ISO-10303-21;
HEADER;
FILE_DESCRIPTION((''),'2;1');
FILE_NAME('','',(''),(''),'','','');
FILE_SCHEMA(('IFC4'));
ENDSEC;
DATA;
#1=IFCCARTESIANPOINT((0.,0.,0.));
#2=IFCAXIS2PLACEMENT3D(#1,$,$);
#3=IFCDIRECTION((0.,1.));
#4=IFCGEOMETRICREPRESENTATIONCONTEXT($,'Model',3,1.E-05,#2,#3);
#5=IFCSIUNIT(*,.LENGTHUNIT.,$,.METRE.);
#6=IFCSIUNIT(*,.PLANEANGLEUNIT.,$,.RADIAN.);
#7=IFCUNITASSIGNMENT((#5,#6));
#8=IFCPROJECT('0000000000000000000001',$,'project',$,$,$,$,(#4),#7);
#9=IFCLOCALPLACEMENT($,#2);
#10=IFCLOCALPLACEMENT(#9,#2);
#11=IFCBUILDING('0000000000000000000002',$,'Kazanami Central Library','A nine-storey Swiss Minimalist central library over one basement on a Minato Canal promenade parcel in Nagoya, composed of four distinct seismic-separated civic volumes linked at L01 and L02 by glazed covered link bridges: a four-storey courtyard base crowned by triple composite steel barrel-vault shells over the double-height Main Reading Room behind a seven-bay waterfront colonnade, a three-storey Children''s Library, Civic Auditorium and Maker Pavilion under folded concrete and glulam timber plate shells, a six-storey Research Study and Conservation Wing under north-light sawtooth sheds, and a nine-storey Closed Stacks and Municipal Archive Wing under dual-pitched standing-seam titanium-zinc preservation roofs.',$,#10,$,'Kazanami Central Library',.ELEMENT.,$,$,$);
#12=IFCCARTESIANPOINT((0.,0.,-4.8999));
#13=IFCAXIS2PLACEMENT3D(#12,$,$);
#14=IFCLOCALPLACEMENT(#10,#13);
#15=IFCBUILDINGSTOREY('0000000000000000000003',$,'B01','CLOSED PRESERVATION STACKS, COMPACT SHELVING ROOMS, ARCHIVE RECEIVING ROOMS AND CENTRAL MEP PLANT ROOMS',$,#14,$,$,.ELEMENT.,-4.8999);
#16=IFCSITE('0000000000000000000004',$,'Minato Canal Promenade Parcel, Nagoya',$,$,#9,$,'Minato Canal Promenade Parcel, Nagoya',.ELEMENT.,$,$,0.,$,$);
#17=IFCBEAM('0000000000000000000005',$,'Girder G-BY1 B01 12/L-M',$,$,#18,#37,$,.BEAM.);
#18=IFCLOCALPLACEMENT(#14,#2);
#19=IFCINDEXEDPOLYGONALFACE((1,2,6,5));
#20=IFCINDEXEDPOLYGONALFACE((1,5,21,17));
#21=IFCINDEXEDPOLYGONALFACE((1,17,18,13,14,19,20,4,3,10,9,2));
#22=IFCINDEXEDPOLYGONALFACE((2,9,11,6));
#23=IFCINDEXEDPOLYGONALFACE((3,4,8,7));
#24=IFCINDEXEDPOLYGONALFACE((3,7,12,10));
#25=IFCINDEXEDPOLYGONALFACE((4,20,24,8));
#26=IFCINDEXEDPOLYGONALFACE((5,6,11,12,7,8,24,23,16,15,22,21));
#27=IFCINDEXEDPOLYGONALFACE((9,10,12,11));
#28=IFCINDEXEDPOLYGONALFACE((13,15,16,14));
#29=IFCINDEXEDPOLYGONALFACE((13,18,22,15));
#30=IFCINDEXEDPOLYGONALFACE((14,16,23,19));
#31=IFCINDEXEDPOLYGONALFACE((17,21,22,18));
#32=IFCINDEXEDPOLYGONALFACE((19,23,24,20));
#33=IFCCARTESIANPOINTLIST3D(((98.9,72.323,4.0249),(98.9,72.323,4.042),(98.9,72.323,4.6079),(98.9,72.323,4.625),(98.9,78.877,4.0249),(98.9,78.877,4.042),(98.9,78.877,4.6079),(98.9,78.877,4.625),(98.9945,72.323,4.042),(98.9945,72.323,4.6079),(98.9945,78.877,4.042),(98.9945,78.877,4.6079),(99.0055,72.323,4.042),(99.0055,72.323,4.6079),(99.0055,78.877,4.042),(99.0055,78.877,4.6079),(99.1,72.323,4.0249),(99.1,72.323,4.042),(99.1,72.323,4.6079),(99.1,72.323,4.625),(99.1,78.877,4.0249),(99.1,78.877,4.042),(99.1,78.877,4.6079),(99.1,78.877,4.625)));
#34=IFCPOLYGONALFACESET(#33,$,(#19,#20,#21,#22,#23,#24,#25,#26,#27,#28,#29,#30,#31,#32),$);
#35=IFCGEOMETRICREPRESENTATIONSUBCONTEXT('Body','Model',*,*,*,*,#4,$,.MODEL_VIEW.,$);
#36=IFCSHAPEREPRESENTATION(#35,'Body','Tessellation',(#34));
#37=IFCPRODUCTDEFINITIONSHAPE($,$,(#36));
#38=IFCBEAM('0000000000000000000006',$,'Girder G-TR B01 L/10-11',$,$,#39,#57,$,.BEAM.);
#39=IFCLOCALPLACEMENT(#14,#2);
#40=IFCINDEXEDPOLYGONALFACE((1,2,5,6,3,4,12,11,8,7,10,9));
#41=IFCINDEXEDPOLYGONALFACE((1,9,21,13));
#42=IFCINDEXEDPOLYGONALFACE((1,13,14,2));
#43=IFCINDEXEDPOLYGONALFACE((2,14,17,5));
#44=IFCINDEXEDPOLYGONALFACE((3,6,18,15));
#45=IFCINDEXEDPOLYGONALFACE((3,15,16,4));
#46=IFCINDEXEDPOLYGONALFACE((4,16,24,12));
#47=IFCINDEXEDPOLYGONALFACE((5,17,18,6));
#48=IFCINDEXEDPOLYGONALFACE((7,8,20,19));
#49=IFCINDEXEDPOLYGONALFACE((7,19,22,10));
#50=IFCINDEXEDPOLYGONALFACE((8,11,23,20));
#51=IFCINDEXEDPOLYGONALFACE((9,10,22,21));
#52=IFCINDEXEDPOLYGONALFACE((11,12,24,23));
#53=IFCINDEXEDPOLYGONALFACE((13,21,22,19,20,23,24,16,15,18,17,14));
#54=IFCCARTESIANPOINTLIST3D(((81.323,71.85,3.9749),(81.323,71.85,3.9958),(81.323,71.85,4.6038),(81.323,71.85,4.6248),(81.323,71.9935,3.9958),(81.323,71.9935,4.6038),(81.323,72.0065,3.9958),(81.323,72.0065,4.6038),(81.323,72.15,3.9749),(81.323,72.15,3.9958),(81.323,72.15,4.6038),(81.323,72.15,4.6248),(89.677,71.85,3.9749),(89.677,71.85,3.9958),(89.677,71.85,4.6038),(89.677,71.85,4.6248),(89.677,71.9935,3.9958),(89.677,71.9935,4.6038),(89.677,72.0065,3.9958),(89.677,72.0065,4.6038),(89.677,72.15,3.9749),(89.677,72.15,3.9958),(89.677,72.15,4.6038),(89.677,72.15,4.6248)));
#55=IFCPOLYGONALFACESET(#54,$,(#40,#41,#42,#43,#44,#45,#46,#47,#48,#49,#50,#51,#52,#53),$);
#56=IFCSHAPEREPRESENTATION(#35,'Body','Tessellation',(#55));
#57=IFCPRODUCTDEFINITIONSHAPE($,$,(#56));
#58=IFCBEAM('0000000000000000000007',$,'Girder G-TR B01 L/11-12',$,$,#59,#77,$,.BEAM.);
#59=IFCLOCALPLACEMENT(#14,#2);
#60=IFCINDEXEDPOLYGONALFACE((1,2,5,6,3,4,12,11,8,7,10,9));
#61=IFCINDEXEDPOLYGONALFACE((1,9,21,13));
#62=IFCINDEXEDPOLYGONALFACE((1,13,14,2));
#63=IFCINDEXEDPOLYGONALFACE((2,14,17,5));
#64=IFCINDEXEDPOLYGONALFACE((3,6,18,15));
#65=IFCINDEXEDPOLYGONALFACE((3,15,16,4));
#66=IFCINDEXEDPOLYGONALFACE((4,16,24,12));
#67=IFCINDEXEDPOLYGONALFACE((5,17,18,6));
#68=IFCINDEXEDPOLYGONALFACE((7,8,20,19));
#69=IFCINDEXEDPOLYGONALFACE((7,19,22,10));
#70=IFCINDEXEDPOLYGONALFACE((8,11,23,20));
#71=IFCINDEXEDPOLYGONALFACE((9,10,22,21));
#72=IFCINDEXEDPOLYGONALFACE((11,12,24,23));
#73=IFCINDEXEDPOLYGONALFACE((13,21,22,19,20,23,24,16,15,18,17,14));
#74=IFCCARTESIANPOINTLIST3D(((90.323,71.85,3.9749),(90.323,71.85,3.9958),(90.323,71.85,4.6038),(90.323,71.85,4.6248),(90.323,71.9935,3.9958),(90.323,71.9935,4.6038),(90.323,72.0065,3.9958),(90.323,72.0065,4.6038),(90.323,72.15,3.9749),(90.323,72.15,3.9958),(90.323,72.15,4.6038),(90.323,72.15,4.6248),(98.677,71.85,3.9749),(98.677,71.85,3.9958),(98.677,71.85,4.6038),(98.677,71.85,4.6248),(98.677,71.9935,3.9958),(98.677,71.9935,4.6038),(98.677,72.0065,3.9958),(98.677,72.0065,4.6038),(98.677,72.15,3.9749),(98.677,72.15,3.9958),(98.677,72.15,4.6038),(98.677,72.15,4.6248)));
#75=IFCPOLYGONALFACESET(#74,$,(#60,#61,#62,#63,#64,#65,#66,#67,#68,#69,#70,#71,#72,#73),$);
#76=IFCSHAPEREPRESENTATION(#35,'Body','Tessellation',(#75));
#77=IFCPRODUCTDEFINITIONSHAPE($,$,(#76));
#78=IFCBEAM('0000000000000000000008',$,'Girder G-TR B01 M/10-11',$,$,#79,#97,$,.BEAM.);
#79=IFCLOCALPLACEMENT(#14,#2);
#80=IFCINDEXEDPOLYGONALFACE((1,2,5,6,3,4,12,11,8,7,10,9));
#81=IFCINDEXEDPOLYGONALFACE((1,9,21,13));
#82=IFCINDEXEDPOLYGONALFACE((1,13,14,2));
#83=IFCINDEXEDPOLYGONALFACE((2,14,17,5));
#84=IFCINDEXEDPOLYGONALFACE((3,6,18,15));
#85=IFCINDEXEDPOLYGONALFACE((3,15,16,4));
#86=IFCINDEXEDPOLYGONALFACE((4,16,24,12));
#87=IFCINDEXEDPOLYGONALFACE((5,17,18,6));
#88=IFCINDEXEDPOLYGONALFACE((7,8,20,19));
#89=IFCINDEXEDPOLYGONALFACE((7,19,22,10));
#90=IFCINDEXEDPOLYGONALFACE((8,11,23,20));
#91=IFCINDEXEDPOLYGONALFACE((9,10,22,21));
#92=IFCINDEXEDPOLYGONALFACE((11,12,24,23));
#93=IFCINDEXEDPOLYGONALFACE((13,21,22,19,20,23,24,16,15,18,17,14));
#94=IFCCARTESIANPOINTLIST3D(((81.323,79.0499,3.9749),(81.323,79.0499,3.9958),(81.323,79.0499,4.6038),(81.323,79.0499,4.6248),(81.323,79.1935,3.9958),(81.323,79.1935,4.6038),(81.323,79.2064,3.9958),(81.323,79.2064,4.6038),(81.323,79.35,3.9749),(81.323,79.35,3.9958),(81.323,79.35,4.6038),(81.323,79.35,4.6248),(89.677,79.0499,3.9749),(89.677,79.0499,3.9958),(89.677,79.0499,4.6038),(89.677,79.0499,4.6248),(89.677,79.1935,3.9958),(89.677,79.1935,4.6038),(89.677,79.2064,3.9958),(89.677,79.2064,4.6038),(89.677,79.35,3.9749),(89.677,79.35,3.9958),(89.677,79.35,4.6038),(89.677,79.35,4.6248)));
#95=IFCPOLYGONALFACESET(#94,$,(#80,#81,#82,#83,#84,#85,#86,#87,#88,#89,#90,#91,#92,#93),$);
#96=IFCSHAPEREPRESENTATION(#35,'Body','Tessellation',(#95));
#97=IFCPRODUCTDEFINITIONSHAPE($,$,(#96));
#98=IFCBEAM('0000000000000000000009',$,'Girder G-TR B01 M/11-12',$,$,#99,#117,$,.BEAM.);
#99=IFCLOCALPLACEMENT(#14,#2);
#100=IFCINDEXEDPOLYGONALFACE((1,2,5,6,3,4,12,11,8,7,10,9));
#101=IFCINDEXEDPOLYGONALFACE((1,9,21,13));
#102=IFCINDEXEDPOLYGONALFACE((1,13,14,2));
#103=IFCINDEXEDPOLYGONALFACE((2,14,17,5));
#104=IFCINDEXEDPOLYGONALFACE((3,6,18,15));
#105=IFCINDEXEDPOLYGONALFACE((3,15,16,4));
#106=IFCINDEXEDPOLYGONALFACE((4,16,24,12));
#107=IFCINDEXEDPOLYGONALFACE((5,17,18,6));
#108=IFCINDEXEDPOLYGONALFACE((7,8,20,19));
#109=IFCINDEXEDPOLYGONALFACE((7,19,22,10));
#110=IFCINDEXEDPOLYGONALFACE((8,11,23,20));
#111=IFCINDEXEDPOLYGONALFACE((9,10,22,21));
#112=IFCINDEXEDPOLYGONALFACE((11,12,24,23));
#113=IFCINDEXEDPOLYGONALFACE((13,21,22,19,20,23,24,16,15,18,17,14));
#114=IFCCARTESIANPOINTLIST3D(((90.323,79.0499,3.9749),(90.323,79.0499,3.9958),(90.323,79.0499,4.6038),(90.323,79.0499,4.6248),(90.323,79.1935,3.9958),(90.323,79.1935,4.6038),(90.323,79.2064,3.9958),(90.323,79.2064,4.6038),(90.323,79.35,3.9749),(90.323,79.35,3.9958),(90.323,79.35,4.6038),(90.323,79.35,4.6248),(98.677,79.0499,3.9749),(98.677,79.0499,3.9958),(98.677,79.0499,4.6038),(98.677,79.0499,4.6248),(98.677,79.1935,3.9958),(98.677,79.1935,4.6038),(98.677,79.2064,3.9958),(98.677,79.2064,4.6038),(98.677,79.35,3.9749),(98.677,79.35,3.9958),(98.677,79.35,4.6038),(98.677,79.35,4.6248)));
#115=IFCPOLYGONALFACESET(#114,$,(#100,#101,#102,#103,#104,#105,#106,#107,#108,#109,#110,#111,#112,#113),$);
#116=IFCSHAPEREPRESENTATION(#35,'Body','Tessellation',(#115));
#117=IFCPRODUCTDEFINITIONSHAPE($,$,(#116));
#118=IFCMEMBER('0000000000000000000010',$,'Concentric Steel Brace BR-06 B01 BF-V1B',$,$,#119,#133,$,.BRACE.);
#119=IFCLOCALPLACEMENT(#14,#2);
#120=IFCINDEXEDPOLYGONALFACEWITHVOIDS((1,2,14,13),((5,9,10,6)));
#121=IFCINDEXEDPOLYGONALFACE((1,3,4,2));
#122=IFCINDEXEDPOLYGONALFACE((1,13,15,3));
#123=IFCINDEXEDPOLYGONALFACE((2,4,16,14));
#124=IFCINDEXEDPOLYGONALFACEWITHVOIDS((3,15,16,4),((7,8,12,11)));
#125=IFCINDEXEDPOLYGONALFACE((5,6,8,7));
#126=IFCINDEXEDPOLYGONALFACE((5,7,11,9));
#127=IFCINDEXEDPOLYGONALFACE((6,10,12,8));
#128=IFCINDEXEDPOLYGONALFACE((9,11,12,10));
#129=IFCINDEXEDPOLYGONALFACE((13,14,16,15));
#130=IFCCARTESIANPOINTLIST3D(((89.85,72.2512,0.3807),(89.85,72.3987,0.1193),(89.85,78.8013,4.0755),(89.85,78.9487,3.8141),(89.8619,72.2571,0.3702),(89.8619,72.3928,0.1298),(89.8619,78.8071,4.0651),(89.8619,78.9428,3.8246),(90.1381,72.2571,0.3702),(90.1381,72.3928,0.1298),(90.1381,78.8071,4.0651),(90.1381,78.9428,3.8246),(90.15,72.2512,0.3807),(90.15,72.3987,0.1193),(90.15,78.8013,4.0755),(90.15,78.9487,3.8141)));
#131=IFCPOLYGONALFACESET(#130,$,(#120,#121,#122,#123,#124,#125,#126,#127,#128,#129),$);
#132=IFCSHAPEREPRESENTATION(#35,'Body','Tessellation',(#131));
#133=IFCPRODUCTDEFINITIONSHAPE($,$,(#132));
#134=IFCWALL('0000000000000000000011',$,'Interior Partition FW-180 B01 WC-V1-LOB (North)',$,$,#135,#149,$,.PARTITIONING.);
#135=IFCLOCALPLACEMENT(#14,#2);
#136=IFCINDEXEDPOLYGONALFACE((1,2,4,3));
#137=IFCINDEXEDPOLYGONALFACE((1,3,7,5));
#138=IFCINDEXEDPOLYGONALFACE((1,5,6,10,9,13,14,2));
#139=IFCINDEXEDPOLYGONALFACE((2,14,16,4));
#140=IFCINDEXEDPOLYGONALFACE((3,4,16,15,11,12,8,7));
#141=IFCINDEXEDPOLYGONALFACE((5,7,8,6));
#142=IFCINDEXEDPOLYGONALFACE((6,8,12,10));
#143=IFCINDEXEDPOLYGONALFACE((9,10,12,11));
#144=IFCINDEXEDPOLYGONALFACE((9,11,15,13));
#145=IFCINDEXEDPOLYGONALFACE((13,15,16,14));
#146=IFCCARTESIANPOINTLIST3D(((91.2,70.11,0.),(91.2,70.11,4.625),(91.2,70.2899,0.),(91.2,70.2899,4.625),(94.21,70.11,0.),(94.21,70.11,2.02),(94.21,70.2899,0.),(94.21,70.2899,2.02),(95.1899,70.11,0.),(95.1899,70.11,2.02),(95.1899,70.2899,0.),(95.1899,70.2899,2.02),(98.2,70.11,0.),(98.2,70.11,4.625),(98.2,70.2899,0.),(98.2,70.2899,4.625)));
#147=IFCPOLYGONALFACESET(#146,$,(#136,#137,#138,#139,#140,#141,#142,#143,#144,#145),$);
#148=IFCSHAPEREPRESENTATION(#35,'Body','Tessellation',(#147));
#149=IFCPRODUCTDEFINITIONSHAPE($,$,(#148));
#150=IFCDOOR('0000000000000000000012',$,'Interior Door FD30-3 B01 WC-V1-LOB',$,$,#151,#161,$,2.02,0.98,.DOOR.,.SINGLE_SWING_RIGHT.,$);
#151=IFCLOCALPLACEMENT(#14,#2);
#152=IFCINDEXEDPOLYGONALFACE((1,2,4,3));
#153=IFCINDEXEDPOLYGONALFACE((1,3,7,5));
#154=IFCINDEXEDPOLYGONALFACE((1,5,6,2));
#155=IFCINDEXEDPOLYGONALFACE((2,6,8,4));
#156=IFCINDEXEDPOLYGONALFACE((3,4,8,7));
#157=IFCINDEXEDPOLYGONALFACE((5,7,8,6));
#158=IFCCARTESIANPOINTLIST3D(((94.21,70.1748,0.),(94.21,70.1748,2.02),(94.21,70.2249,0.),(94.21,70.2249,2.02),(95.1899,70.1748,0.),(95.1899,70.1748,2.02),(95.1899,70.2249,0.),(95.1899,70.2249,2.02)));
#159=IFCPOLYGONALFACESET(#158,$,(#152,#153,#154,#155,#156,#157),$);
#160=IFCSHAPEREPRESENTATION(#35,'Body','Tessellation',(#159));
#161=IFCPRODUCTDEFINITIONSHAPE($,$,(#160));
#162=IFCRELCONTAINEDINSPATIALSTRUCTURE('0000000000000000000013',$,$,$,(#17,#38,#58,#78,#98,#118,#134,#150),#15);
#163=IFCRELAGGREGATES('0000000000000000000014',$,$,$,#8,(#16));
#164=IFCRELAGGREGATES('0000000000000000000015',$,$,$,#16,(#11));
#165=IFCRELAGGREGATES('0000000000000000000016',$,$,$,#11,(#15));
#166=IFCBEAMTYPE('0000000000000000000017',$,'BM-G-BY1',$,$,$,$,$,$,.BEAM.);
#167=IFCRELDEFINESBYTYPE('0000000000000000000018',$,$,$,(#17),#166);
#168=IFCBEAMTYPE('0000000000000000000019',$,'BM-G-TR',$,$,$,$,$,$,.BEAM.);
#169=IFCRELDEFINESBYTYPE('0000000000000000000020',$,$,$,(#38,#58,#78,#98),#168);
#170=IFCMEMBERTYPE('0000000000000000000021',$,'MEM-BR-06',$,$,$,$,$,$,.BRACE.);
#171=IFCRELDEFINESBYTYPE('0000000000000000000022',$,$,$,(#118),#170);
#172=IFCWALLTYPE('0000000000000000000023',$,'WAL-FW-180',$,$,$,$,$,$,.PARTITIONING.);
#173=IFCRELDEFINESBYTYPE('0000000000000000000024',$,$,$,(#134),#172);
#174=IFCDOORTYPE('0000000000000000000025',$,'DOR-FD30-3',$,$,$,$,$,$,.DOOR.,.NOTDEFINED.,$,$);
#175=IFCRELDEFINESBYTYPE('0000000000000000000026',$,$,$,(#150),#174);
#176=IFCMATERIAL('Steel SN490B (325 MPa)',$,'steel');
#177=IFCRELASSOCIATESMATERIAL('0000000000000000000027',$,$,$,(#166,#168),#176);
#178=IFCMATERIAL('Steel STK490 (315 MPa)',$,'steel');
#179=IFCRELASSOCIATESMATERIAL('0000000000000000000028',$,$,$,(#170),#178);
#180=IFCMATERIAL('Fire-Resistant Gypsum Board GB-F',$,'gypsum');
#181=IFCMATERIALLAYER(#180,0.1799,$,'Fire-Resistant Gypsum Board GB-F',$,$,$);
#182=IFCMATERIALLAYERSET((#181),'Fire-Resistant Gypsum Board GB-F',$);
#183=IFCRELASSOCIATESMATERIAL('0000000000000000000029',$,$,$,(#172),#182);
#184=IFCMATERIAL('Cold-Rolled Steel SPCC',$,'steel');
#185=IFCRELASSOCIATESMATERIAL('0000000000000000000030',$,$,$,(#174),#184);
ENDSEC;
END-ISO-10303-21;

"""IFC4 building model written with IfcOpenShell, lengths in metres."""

from ifc_helpers import new_model, si_unit, direction, frame, frame_2d, origin, origin_2d, place, context, subcontext, project, spatial, rectangle, hollow_rectangle, i_section, extrude, material, layer, layer_set, material_profile, profile_set, type_object, element, fill, save


model = new_model("IFC4")

# Units and contexts
model_context = context("Model", 3, precision=1e-05, world=origin(), true_north=direction((0.0, 1.0)))
body_context = subcontext(model_context, "Body", "Model", "MODEL_VIEW")
ifc_project = project(units=[si_unit("LENGTHUNIT", "METRE"), si_unit("PLANEANGLEUNIT", "RADIAN")], contexts=[model_context])

# Site, building, storey
site_placement = place(None, origin())
site = spatial("IfcSite", under=ifc_project, at=site_placement, Name="Minato Canal Promenade Parcel, Nagoya", LongName="Minato Canal Promenade Parcel, Nagoya", CompositionType="ELEMENT", RefElevation=0.0)
building_placement = place(site_placement, origin())
building = spatial("IfcBuilding", under=site, at=building_placement, Name="Kazanami Central Library", Description="A nine-storey Swiss Minimalist central library over one basement on a Minato Canal promenade parcel in Nagoya, composed of four distinct seismic-separated civic volumes linked at L01 and L02 by glazed covered link bridges: a four-storey courtyard base crowned by triple composite steel barrel-vault shells over the double-height Main Reading Room behind a seven-bay waterfront colonnade, a three-storey Children's Library, Civic Auditorium and Maker Pavilion under folded concrete and glulam timber plate shells, a six-storey Research Study and Conservation Wing under north-light sawtooth sheds, and a nine-storey Closed Stacks and Municipal Archive Wing under dual-pitched standing-seam titanium-zinc preservation roofs.", LongName="Kazanami Central Library", CompositionType="ELEMENT")
storey_placement = place(building_placement, frame((0.0, 0.0, -4.8999)))
storey = spatial("IfcBuildingStorey", under=building, at=storey_placement, Name="B01", Description="CLOSED PRESERVATION STACKS, COMPACT SHELVING ROOMS, ARCHIVE RECEIVING ROOMS AND CENTRAL MEP PLANT ROOMS", CompositionType="ELEMENT", Elevation=-4.8999)

# Beams
ifc_material_1 = material(Name="Steel SN490B (325 MPa)", Category="steel")
ifc_material_profile_1 = material_profile(ifc_material_1, i_section(OverallWidth=0.2, OverallDepth=0.6001, WebThickness=0.011, FlangeThickness=0.0171, at=origin_2d()), Name="H-600x200x11x17")
ifc_profile_set_1 = profile_set([ifc_material_profile_1], Name="Steel SN490B (325 MPa)")
beam_type_1 = type_object("IfcBeamType", Name="BM-G-BY1", PredefinedType="BEAM", material=ifc_profile_set_1)
for number, where, z_axis, x_axis, name in (
    (1, (99.0, 72.323, 4.325), (0.0, 1.0, 0.0), (-1.0, 0.0, 0.0), "Girder G-BY1 B01 12/L-M"),
):
    element("IfcBeam", number, at=place(storey_placement, frame(where, z_axis=z_axis, x_axis=x_axis)), inside=storey, type_object=beam_type_1, Name=name, PredefinedType="BEAM", context=body_context, shape_type="SweptSolid", body=[
        extrude(i_section(OverallWidth=0.2, OverallDepth=0.6001, WebThickness=0.011, FlangeThickness=0.0171, at=origin_2d()), origin(), (0.0, 0.0, 1.0), 6.554),
    ])
ifc_material_profile_2 = material_profile(ifc_material_1, i_section(OverallWidth=0.3, OverallDepth=0.6499, WebThickness=0.0129, FlangeThickness=0.021, at=origin_2d()), Name="H-650x300x13x21")
ifc_profile_set_2 = profile_set([ifc_material_profile_2], Name="Steel SN490B (325 MPa)")
beam_type_2 = type_object("IfcBeamType", Name="BM-G-TR", PredefinedType="BEAM", material=ifc_profile_set_2)
for number, where, z_axis, x_axis, name in (
    (2, (81.323, 72.0, 4.2998), (1.0, 0.0, 0.0), (0.0, 1.0, 0.0), "Girder G-TR B01 L/10-11"),
    (3, (90.323, 72.0, 4.2998), (1.0, 0.0, 0.0), (0.0, 1.0, 0.0), "Girder G-TR B01 L/11-12"),
    (4, (81.323, 79.2, 4.2998), (1.0, 0.0, 0.0), (0.0, 1.0, 0.0), "Girder G-TR B01 M/10-11"),
    (5, (90.323, 79.2, 4.2998), (1.0, 0.0, 0.0), (0.0, 1.0, 0.0), "Girder G-TR B01 M/11-12"),
):
    element("IfcBeam", number, at=place(storey_placement, frame(where, z_axis=z_axis, x_axis=x_axis)), inside=storey, type_object=beam_type_2, Name=name, PredefinedType="BEAM", context=body_context, shape_type="SweptSolid", body=[
        extrude(i_section(OverallWidth=0.3, OverallDepth=0.6499, WebThickness=0.0129, FlangeThickness=0.021, at=origin_2d()), origin(), (0.0, 0.0, 1.0), 8.354),
    ])

# Member
ifc_material_2 = material(Name="Steel STK490 (315 MPa)", Category="steel")
ifc_material_profile_3 = material_profile(ifc_material_2, hollow_rectangle(XDim=0.3, YDim=0.3, WallThickness=0.012, at=origin_2d()), Name="STKR-300x300x12")
ifc_profile_set_3 = profile_set([ifc_material_profile_3], Name="Steel STK490 (315 MPa)")
member_type = type_object("IfcMemberType", Name="MEM-BR-06", PredefinedType="BRACE", material=ifc_profile_set_3)
member_placement = place(storey_placement, frame((90.0, 72.325, 0.25), z_axis=(0.0, 0.870983, 0.491314), x_axis=(-1.0, 0.0, 0.0)))
element("IfcMember", 6, at=member_placement, inside=storey, type_object=member_type, Name="Concentric Steel Brace BR-06 B01 BF-V1B", PredefinedType="BRACE", context=body_context, shape_type="SweptSolid", body=[
    extrude(hollow_rectangle(XDim=0.3, YDim=0.3, WallThickness=0.012, at=origin_2d()), origin(), (0.0, 0.0, 1.0), 7.5203),
])

# Wall, opening, door
ifc_material_3 = material(Name="Fire-Resistant Gypsum Board GB-F", Category="gypsum")
ifc_layer_1 = layer(ifc_material_3, 0.1799, Name="Fire-Resistant Gypsum Board GB-F")
ifc_layer_set_1 = layer_set([ifc_layer_1], Name="Fire-Resistant Gypsum Board GB-F")
wall_type_1 = type_object("IfcWallType", Name="WAL-FW-180", PredefinedType="PARTITIONING", material=ifc_layer_set_1)
wall_1_placement = place(storey_placement, frame((91.2, 70.2, 0.0), z_axis=(0.0, 0.0, 1.0), x_axis=(1.0, 0.0, 0.0)))
wall_1 = element("IfcWall", 7, at=wall_1_placement, inside=storey, type_object=wall_type_1, Name="Interior Partition FW-180 B01 WC-V1-LOB (North)", PredefinedType="PARTITIONING", context=body_context, shape_type="SweptSolid", body=[
    extrude(rectangle(XDim=7.0, YDim=0.1799, at=frame_2d((3.5, 0.0))), origin(), (0.0, 0.0, 1.0), 4.625),
])
opening_1_placement = place(wall_1_placement, frame((3.01, 0.0, 0.0)))
opening_1 = element("IfcOpeningElement", 8, at=opening_1_placement, cuts=wall_1, PredefinedType="OPENING", context=body_context, shape_type="SweptSolid", body=[
    extrude(rectangle(XDim=0.98, YDim=2.02, at=frame_2d((0.49, 1.01))), frame((0.0, 0.1021, 0.0), z_axis=(0.0, -1.0, 0.0), x_axis=(1.0, 0.0, 0.0)), (0.0, 0.0, 1.0), 0.2039),
])
ifc_material_4 = material(Name="Cold-Rolled Steel SPCC", Category="steel")
door_type_1 = type_object("IfcDoorType", Name="DOR-FD30-3", OperationType="NOTDEFINED", PredefinedType="DOOR", material=ifc_material_4)
door_1_placement = place(opening_1_placement, origin())
door_1 = element("IfcDoor", 9, at=door_1_placement, inside=storey, type_object=door_type_1, Name="Interior Door FD30-3 B01 WC-V1-LOB", OperationType="SINGLE_SWING_RIGHT", OverallHeight=2.02, OverallWidth=0.98, PredefinedType="DOOR", context=body_context, shape_type="SweptSolid", body=[
    extrude(rectangle(XDim=0.98, YDim=2.02, at=frame_2d((0.49, 1.01))), frame((0.0, 0.0249, 0.0), z_axis=(0.0, -1.0, 0.0), x_axis=(1.0, 0.0, 0.0)), (0.0, 0.0, 1.0), 0.05),
])
fill(opening_1, door_1)

save(model, "model.ifc")
